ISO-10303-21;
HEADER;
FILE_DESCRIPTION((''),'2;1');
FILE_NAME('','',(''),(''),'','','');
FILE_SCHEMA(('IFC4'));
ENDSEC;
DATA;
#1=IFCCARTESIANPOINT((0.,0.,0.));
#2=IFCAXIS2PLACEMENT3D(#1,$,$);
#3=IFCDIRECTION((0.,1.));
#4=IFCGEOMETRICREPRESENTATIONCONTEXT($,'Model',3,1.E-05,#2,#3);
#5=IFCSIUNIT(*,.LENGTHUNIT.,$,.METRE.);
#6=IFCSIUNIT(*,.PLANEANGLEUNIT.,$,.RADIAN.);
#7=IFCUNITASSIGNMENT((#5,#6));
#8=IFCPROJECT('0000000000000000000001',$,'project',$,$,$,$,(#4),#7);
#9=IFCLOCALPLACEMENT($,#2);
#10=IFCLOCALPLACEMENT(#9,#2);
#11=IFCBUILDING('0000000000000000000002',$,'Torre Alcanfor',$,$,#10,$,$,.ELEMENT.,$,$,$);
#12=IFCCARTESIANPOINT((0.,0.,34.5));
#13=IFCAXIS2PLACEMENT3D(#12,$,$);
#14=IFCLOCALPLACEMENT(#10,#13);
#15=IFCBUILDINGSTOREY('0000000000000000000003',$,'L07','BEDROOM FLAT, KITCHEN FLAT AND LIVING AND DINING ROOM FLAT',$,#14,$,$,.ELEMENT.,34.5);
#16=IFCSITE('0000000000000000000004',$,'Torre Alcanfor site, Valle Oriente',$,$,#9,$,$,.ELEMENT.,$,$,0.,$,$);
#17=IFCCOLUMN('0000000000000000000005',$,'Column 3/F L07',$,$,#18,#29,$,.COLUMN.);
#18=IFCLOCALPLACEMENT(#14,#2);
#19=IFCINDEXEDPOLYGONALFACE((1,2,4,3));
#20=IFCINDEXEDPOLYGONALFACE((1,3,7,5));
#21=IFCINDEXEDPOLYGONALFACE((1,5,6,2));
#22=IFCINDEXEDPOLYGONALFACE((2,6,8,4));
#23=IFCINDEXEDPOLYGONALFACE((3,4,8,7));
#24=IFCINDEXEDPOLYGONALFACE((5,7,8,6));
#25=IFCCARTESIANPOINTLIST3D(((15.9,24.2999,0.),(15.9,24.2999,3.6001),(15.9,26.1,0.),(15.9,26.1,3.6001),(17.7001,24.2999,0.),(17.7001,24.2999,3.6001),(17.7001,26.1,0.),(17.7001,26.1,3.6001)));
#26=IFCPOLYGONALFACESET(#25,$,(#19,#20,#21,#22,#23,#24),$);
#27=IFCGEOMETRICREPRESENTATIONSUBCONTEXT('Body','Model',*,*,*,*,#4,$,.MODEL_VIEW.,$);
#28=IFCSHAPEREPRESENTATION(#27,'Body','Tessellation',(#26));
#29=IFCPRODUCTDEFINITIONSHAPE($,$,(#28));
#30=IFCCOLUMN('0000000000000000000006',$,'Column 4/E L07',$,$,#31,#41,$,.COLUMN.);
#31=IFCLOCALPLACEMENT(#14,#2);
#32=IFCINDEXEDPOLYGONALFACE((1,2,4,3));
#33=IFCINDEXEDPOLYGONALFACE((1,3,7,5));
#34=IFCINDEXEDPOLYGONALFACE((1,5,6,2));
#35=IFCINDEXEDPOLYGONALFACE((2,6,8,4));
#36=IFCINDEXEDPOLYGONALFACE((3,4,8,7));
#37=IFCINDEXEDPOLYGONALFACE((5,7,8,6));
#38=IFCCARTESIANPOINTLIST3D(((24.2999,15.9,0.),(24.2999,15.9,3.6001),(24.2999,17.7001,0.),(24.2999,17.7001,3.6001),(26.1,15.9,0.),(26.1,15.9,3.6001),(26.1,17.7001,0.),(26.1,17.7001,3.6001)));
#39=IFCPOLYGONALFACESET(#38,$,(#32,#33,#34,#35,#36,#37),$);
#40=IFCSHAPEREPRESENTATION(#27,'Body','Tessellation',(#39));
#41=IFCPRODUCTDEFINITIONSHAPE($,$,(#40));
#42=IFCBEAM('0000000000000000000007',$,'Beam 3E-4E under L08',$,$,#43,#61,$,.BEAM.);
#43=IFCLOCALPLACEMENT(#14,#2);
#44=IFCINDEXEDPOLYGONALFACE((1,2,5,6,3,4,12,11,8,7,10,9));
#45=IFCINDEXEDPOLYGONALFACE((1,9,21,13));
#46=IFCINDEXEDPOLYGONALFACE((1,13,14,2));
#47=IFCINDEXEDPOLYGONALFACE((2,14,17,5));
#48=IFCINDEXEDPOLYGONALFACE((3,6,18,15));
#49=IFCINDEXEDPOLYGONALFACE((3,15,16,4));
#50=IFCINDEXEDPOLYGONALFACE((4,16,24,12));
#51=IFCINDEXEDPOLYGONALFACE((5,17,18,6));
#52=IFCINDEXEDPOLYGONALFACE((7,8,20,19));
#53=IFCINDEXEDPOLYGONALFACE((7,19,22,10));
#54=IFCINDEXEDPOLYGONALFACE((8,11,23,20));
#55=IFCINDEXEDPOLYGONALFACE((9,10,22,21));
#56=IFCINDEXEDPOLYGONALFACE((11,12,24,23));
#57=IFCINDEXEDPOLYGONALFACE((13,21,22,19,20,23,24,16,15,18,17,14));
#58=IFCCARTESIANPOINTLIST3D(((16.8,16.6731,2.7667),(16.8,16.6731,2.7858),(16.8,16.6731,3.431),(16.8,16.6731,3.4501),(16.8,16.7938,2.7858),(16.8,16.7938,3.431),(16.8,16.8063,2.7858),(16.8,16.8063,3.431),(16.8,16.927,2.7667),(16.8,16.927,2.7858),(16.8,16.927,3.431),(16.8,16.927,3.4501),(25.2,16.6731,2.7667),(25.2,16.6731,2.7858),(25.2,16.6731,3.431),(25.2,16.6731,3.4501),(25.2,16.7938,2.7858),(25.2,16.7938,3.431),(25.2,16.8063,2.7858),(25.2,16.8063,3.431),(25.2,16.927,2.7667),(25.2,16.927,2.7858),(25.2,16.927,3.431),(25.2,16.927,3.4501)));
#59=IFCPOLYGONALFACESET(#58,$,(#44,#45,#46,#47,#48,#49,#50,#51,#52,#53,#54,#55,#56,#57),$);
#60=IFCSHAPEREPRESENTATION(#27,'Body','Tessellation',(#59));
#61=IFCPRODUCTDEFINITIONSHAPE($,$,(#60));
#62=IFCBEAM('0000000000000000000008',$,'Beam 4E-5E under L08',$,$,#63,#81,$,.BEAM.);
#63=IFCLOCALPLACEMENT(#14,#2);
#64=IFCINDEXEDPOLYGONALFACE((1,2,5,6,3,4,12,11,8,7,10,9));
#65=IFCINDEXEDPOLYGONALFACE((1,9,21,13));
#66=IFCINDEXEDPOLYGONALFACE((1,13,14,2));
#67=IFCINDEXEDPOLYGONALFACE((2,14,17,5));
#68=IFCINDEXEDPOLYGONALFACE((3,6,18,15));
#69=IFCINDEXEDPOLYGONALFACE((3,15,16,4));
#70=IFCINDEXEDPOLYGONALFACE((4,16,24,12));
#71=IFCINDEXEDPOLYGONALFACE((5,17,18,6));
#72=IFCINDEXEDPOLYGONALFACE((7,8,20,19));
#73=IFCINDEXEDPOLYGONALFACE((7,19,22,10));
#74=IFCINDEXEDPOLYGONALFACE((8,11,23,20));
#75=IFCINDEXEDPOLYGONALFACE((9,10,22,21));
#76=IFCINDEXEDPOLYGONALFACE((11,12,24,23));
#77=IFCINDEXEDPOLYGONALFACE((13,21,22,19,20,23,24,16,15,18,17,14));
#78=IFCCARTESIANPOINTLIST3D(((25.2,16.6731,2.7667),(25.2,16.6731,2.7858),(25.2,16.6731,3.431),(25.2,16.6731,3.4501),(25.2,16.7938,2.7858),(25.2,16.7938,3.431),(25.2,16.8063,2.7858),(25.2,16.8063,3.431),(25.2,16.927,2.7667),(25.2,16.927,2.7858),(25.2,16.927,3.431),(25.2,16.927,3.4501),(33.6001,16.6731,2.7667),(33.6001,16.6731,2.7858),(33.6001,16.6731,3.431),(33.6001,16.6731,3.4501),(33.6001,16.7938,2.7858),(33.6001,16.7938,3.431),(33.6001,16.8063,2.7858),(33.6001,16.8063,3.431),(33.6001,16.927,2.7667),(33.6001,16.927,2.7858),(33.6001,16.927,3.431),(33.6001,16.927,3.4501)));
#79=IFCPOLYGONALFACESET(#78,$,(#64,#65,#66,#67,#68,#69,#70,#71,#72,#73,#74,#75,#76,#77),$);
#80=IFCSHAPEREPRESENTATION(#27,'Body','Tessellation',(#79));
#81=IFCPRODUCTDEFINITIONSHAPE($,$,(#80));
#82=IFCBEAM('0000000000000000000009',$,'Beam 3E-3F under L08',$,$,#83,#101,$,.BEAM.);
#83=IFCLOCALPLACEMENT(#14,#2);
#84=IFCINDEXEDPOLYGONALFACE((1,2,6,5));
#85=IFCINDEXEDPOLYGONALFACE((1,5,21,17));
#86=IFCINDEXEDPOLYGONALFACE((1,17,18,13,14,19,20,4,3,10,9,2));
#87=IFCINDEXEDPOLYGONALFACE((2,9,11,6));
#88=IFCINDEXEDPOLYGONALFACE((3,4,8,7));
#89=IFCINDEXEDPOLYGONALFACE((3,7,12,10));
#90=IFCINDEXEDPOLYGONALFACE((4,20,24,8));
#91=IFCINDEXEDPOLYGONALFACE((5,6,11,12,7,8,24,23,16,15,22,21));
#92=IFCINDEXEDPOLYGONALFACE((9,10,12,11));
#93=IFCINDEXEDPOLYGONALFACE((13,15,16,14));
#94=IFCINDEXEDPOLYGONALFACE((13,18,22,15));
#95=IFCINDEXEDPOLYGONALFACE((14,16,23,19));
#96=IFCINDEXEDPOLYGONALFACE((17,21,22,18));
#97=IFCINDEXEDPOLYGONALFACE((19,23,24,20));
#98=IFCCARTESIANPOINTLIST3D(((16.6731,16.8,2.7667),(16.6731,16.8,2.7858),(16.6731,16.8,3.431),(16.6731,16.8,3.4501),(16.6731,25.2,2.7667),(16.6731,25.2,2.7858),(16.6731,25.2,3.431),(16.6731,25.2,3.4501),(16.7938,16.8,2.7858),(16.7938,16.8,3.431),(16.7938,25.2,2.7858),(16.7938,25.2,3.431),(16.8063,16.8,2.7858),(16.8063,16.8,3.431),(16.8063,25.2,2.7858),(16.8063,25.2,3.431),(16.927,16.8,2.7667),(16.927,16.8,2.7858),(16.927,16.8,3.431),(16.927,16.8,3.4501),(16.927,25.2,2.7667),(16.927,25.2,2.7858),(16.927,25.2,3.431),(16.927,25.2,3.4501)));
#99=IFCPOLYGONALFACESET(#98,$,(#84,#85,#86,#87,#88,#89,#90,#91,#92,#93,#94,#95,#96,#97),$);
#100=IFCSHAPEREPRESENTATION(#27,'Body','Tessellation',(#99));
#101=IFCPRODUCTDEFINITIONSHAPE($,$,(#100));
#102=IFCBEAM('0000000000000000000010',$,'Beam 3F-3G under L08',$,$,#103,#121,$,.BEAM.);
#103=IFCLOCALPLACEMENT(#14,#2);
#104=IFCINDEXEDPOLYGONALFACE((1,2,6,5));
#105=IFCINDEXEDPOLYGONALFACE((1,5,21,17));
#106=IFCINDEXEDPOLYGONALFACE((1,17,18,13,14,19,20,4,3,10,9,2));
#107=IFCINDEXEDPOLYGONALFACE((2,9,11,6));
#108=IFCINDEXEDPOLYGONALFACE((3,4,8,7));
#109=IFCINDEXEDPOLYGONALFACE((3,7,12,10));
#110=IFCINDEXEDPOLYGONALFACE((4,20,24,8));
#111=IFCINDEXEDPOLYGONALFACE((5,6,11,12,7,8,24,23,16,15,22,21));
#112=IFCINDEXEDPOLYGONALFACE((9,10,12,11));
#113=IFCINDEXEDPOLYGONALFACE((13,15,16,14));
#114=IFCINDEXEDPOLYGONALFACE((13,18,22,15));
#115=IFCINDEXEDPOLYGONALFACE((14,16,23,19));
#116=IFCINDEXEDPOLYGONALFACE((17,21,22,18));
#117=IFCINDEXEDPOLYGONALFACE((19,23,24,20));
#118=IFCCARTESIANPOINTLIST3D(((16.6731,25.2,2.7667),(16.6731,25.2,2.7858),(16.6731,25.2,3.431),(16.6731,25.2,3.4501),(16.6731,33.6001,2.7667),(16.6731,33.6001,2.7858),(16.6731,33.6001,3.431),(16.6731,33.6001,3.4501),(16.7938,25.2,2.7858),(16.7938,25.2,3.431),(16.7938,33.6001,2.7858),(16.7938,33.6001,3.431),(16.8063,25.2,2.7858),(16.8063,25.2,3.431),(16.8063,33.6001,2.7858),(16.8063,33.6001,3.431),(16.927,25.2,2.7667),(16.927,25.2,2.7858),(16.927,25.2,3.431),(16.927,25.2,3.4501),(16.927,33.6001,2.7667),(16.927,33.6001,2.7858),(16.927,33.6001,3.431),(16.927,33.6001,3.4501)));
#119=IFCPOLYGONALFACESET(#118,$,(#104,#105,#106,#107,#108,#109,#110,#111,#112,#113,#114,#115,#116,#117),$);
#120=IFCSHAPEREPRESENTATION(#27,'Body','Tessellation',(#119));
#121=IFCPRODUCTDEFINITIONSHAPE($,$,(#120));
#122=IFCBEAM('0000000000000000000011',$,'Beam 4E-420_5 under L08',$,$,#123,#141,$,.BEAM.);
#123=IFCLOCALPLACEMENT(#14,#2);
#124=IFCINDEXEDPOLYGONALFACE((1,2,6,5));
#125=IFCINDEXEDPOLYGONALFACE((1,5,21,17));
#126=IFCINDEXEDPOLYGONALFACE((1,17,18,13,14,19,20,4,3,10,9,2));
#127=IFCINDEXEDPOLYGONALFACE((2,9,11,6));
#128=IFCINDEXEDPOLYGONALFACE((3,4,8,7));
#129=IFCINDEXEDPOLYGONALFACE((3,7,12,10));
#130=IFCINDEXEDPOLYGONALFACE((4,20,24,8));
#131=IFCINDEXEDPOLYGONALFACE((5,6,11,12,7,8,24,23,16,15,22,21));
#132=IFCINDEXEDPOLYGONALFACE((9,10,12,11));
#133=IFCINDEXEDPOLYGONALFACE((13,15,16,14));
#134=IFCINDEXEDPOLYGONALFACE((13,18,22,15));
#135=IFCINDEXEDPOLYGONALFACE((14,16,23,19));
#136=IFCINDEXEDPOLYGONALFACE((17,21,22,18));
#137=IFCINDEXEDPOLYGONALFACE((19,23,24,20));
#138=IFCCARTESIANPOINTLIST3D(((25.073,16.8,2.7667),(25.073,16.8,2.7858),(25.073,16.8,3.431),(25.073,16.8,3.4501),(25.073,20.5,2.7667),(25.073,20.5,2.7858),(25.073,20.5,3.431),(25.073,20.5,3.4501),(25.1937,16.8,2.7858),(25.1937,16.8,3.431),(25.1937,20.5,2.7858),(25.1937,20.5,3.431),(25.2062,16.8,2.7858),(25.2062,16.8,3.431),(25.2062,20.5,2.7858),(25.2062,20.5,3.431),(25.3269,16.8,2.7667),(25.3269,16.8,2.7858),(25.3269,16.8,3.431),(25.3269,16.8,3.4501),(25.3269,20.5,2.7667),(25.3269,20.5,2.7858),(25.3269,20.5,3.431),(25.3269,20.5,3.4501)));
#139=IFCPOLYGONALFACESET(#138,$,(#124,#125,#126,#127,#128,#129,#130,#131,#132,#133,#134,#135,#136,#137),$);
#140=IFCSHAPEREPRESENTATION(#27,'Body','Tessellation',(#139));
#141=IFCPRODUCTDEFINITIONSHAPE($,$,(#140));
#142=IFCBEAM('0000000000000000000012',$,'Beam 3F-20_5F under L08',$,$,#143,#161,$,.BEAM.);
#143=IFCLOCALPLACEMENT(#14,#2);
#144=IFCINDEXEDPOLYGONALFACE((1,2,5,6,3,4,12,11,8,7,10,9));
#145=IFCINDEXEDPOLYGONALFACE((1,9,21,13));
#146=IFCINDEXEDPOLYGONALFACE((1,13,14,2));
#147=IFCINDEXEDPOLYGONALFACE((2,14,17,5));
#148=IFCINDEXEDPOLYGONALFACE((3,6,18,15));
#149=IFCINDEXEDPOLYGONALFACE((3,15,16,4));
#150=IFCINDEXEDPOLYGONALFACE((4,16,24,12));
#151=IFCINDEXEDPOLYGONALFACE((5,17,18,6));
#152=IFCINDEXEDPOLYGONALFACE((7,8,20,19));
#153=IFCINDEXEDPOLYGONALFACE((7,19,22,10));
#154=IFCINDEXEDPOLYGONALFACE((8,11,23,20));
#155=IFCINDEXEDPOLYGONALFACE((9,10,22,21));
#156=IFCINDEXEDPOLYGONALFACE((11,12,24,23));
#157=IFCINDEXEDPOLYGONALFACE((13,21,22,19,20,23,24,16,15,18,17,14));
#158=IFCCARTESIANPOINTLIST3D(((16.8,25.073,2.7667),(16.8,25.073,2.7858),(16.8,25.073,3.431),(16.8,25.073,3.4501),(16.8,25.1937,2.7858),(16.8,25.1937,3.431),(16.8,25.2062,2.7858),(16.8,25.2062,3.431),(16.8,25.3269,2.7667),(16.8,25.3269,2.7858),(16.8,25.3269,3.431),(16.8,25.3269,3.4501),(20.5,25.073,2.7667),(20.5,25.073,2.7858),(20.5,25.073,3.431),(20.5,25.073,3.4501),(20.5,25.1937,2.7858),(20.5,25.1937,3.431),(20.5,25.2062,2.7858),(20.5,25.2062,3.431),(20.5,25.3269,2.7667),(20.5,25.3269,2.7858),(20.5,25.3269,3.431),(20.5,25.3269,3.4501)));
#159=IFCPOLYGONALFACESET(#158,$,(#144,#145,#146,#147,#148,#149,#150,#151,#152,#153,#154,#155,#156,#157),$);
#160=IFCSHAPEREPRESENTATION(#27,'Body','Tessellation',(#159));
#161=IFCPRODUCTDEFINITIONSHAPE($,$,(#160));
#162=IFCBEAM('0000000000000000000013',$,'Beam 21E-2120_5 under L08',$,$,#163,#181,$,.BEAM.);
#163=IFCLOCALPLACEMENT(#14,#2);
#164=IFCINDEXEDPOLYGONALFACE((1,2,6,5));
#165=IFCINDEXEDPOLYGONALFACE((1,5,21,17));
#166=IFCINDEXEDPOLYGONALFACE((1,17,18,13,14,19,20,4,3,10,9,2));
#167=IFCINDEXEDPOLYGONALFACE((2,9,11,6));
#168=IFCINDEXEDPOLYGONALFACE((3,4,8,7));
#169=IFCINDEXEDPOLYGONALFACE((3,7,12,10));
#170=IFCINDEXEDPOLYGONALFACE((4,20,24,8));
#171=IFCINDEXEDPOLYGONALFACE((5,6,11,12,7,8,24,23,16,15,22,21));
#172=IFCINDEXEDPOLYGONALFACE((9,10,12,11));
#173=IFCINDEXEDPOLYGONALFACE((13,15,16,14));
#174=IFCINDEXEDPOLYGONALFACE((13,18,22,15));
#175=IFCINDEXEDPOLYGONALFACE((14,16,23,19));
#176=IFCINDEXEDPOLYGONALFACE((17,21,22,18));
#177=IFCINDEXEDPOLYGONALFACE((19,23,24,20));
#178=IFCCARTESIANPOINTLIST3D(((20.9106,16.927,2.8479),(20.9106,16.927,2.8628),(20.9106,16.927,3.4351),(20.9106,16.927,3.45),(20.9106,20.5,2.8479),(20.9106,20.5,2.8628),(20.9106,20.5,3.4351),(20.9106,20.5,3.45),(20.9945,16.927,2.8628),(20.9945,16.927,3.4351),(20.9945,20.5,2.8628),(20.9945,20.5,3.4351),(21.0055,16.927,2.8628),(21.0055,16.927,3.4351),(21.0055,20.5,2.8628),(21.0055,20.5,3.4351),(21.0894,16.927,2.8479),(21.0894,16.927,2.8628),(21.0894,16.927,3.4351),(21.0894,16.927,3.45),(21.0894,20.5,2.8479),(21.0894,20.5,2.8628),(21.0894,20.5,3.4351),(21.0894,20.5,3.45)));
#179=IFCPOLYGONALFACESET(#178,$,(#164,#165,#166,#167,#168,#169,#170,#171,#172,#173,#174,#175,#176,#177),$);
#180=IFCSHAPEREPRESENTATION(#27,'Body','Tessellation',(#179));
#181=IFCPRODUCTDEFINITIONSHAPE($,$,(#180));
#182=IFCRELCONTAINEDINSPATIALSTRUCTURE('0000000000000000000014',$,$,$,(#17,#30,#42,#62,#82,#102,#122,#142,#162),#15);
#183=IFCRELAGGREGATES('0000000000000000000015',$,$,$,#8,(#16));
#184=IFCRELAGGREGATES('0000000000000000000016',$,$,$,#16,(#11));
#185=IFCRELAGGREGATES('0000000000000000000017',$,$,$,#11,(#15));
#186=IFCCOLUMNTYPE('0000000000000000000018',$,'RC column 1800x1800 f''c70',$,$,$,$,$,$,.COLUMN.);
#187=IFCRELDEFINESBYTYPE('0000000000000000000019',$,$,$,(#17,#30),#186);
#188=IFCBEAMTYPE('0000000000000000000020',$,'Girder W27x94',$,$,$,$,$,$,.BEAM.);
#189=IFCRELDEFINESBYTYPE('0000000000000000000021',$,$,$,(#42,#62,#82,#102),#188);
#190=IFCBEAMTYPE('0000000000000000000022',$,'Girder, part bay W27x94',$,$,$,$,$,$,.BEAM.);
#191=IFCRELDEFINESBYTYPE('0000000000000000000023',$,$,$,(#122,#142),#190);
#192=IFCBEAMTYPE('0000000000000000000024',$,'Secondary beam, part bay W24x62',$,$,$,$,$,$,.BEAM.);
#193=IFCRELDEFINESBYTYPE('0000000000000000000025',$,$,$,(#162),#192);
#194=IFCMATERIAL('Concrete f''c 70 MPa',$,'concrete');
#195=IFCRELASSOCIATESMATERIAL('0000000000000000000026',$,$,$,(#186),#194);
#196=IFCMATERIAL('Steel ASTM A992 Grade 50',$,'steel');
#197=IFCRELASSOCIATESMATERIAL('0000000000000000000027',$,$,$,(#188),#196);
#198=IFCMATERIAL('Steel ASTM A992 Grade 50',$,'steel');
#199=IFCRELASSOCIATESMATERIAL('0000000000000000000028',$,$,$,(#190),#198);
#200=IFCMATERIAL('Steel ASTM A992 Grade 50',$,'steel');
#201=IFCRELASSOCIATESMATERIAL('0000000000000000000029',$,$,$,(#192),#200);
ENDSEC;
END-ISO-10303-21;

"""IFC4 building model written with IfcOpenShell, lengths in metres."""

from ifc_helpers import new_model, si_unit, direction, frame, origin, origin_2d, place, context, subcontext, project, spatial, rectangle, i_section, extrude, material, material_profile, profile_set, type_object, element, save


model = new_model("IFC4")

# Units and contexts
model_context = context("Model", 3, precision=1e-05, world=origin(), true_north=direction((0.0, 1.0)))
body_context = subcontext(model_context, "Body", "Model", "MODEL_VIEW")
ifc_project = project(units=[si_unit("LENGTHUNIT", "METRE"), si_unit("PLANEANGLEUNIT", "RADIAN")], contexts=[model_context])

# Site, building, storey
site_placement = place(None, origin())
site = spatial("IfcSite", under=ifc_project, at=site_placement, Name="Torre Alcanfor site, Valle Oriente", CompositionType="ELEMENT", RefElevation=0.0)
building_placement = place(site_placement, origin())
building = spatial("IfcBuilding", under=site, at=building_placement, Name="Torre Alcanfor", CompositionType="ELEMENT")
storey_placement = place(building_placement, frame((0.0, 0.0, 34.5)))
storey = spatial("IfcBuildingStorey", under=building, at=storey_placement, Name="L07", Description="BEDROOM FLAT, KITCHEN FLAT AND LIVING AND DINING ROOM FLAT", CompositionType="ELEMENT", Elevation=34.5)

# Columns
ifc_material_1 = material(Name="Concrete f'c 70 MPa", Category="concrete")
ifc_material_profile_1 = material_profile(ifc_material_1, rectangle(XDim=1.8, YDim=1.8, at=origin_2d()), Name="1800x1800")
ifc_profile_set_1 = profile_set([ifc_material_profile_1], Name="Concrete f'c 70 MPa")
column_type = type_object("IfcColumnType", Name="RC column 1800x1800 f'c70", PredefinedType="COLUMN", material=ifc_profile_set_1)
for number, where, z_axis, x_axis, name in (
    (1, (16.8, 25.2, 0.0), (0.0, 0.0, 1.0), (1.0, 0.0, 0.0), "Column 3/F L07"),
    (2, (25.2, 16.8, 0.0), (0.0, 0.0, 1.0), (1.0, 0.0, 0.0), "Column 4/E L07"),
):
    element("IfcColumn", number, at=place(storey_placement, frame(where, z_axis=z_axis, x_axis=x_axis)), inside=storey, type_object=column_type, Name=name, PredefinedType="COLUMN", context=body_context, shape_type="SweptSolid", body=[
        extrude(rectangle(XDim=1.8, YDim=1.8, at=origin_2d()), origin(), (0.0, 0.0, 1.0), 3.6001),
    ])

# Beams
ifc_material_2 = material(Name="Steel ASTM A992 Grade 50", Category="steel")
ifc_material_profile_2 = material_profile(ifc_material_2, i_section(OverallWidth=0.2539, OverallDepth=0.6833, WebThickness=0.0125, FlangeThickness=0.019, at=origin_2d()), Name="W27x94")
ifc_profile_set_2 = profile_set([ifc_material_profile_2], Name="Steel ASTM A992 Grade 50")
beam_type_1 = type_object("IfcBeamType", Name="Girder W27x94", PredefinedType="BEAM", material=ifc_profile_set_2)
beam_1_placement = place(storey_placement, frame((16.8, 16.8, 3.1084), z_axis=(1.0, 0.0, 0.0), x_axis=(0.0, 1.0, 0.0)))
element("IfcBeam", 3, at=beam_1_placement, inside=storey, type_object=beam_type_1, Name="Beam 3E-4E under L08", PredefinedType="BEAM", context=body_context, shape_type="SweptSolid", body=[
    extrude(i_section(OverallWidth=0.2539, OverallDepth=0.6833, WebThickness=0.0125, FlangeThickness=0.019, at=origin_2d()), origin(), (0.0, 0.0, 1.0), 8.3999),
])
beam_2_placement = place(storey_placement, frame((25.2, 16.8, 3.1084), z_axis=(1.0, 0.0, 0.0), x_axis=(0.0, 1.0, 0.0)))
element("IfcBeam", 4, at=beam_2_placement, inside=storey, type_object=beam_type_1, Name="Beam 4E-5E under L08", PredefinedType="BEAM", context=body_context, shape_type="SweptSolid", body=[
    extrude(i_section(OverallWidth=0.2539, OverallDepth=0.6833, WebThickness=0.0125, FlangeThickness=0.019, at=origin_2d()), origin(), (0.0, 0.0, 1.0), 8.4001),
])
beam_3_placement = place(storey_placement, frame((16.8, 16.8, 3.1084), z_axis=(0.0, 1.0, 0.0), x_axis=(-1.0, 0.0, 0.0)))
element("IfcBeam", 5, at=beam_3_placement, inside=storey, type_object=beam_type_1, Name="Beam 3E-3F under L08", PredefinedType="BEAM", context=body_context, shape_type="SweptSolid", body=[
    extrude(i_section(OverallWidth=0.2539, OverallDepth=0.6833, WebThickness=0.0125, FlangeThickness=0.019, at=origin_2d()), origin(), (0.0, 0.0, 1.0), 8.3999),
])
beam_4_placement = place(storey_placement, frame((16.8, 25.2, 3.1084), z_axis=(0.0, 1.0, 0.0), x_axis=(-1.0, 0.0, 0.0)))
element("IfcBeam", 6, at=beam_4_placement, inside=storey, type_object=beam_type_1, Name="Beam 3F-3G under L08", PredefinedType="BEAM", context=body_context, shape_type="SweptSolid", body=[
    extrude(i_section(OverallWidth=0.2539, OverallDepth=0.6833, WebThickness=0.0125, FlangeThickness=0.019, at=origin_2d()), origin(), (0.0, 0.0, 1.0), 8.4001),
])
ifc_material_3 = material(Name="Steel ASTM A992 Grade 50", Category="steel")
ifc_material_profile_3 = material_profile(ifc_material_3, i_section(OverallWidth=0.2539, OverallDepth=0.6833, WebThickness=0.0125, FlangeThickness=0.019, at=origin_2d()), Name="W27x94")
ifc_profile_set_3 = profile_set([ifc_material_profile_3], Name="Steel ASTM A992 Grade 50")
beam_type_2 = type_object("IfcBeamType", Name="Girder, part bay W27x94", PredefinedType="BEAM", material=ifc_profile_set_3)
for number, where, z_axis, x_axis, name in (
    (7, (25.2, 16.8, 3.1084), (0.0, 1.0, 0.0), (-1.0, 0.0, 0.0), "Beam 4E-420_5 under L08"),
    (8, (16.8, 25.2, 3.1084), (1.0, 0.0, 0.0), (0.0, 1.0, 0.0), "Beam 3F-20_5F under L08"),
):
    element("IfcBeam", number, at=place(storey_placement, frame(where, z_axis=z_axis, x_axis=x_axis)), inside=storey, type_object=beam_type_2, Name=name, PredefinedType="BEAM", context=body_context, shape_type="SweptSolid", body=[
        extrude(i_section(OverallWidth=0.2539, OverallDepth=0.6833, WebThickness=0.0125, FlangeThickness=0.019, at=origin_2d()), origin(), (0.0, 0.0, 1.0), 3.7),
    ])
ifc_material_4 = material(Name="Steel ASTM A992 Grade 50", Category="steel")
ifc_material_profile_4 = material_profile(ifc_material_4, i_section(OverallWidth=0.1787, OverallDepth=0.6021, WebThickness=0.011, FlangeThickness=0.0149, at=origin_2d()), Name="W24x62")
ifc_profile_set_4 = profile_set([ifc_material_profile_4], Name="Steel ASTM A992 Grade 50")
beam_type_3 = type_object("IfcBeamType", Name="Secondary beam, part bay W24x62", PredefinedType="BEAM", material=ifc_profile_set_4)
for number, where, z_axis, x_axis, name in (
    (9, (21.0, 16.927, 3.1489), (0.0, 1.0, 0.0), (-1.0, 0.0, 0.0), "Beam 21E-2120_5 under L08"),
):
    element("IfcBeam", number, at=place(storey_placement, frame(where, z_axis=z_axis, x_axis=x_axis)), inside=storey, type_object=beam_type_3, Name=name, PredefinedType="BEAM", context=body_context, shape_type="SweptSolid", body=[
        extrude(i_section(OverallWidth=0.1787, OverallDepth=0.6021, WebThickness=0.011, FlangeThickness=0.0149, at=origin_2d()), origin(), (0.0, 0.0, 1.0), 3.573),
    ])

save(model, "model.ifc")
